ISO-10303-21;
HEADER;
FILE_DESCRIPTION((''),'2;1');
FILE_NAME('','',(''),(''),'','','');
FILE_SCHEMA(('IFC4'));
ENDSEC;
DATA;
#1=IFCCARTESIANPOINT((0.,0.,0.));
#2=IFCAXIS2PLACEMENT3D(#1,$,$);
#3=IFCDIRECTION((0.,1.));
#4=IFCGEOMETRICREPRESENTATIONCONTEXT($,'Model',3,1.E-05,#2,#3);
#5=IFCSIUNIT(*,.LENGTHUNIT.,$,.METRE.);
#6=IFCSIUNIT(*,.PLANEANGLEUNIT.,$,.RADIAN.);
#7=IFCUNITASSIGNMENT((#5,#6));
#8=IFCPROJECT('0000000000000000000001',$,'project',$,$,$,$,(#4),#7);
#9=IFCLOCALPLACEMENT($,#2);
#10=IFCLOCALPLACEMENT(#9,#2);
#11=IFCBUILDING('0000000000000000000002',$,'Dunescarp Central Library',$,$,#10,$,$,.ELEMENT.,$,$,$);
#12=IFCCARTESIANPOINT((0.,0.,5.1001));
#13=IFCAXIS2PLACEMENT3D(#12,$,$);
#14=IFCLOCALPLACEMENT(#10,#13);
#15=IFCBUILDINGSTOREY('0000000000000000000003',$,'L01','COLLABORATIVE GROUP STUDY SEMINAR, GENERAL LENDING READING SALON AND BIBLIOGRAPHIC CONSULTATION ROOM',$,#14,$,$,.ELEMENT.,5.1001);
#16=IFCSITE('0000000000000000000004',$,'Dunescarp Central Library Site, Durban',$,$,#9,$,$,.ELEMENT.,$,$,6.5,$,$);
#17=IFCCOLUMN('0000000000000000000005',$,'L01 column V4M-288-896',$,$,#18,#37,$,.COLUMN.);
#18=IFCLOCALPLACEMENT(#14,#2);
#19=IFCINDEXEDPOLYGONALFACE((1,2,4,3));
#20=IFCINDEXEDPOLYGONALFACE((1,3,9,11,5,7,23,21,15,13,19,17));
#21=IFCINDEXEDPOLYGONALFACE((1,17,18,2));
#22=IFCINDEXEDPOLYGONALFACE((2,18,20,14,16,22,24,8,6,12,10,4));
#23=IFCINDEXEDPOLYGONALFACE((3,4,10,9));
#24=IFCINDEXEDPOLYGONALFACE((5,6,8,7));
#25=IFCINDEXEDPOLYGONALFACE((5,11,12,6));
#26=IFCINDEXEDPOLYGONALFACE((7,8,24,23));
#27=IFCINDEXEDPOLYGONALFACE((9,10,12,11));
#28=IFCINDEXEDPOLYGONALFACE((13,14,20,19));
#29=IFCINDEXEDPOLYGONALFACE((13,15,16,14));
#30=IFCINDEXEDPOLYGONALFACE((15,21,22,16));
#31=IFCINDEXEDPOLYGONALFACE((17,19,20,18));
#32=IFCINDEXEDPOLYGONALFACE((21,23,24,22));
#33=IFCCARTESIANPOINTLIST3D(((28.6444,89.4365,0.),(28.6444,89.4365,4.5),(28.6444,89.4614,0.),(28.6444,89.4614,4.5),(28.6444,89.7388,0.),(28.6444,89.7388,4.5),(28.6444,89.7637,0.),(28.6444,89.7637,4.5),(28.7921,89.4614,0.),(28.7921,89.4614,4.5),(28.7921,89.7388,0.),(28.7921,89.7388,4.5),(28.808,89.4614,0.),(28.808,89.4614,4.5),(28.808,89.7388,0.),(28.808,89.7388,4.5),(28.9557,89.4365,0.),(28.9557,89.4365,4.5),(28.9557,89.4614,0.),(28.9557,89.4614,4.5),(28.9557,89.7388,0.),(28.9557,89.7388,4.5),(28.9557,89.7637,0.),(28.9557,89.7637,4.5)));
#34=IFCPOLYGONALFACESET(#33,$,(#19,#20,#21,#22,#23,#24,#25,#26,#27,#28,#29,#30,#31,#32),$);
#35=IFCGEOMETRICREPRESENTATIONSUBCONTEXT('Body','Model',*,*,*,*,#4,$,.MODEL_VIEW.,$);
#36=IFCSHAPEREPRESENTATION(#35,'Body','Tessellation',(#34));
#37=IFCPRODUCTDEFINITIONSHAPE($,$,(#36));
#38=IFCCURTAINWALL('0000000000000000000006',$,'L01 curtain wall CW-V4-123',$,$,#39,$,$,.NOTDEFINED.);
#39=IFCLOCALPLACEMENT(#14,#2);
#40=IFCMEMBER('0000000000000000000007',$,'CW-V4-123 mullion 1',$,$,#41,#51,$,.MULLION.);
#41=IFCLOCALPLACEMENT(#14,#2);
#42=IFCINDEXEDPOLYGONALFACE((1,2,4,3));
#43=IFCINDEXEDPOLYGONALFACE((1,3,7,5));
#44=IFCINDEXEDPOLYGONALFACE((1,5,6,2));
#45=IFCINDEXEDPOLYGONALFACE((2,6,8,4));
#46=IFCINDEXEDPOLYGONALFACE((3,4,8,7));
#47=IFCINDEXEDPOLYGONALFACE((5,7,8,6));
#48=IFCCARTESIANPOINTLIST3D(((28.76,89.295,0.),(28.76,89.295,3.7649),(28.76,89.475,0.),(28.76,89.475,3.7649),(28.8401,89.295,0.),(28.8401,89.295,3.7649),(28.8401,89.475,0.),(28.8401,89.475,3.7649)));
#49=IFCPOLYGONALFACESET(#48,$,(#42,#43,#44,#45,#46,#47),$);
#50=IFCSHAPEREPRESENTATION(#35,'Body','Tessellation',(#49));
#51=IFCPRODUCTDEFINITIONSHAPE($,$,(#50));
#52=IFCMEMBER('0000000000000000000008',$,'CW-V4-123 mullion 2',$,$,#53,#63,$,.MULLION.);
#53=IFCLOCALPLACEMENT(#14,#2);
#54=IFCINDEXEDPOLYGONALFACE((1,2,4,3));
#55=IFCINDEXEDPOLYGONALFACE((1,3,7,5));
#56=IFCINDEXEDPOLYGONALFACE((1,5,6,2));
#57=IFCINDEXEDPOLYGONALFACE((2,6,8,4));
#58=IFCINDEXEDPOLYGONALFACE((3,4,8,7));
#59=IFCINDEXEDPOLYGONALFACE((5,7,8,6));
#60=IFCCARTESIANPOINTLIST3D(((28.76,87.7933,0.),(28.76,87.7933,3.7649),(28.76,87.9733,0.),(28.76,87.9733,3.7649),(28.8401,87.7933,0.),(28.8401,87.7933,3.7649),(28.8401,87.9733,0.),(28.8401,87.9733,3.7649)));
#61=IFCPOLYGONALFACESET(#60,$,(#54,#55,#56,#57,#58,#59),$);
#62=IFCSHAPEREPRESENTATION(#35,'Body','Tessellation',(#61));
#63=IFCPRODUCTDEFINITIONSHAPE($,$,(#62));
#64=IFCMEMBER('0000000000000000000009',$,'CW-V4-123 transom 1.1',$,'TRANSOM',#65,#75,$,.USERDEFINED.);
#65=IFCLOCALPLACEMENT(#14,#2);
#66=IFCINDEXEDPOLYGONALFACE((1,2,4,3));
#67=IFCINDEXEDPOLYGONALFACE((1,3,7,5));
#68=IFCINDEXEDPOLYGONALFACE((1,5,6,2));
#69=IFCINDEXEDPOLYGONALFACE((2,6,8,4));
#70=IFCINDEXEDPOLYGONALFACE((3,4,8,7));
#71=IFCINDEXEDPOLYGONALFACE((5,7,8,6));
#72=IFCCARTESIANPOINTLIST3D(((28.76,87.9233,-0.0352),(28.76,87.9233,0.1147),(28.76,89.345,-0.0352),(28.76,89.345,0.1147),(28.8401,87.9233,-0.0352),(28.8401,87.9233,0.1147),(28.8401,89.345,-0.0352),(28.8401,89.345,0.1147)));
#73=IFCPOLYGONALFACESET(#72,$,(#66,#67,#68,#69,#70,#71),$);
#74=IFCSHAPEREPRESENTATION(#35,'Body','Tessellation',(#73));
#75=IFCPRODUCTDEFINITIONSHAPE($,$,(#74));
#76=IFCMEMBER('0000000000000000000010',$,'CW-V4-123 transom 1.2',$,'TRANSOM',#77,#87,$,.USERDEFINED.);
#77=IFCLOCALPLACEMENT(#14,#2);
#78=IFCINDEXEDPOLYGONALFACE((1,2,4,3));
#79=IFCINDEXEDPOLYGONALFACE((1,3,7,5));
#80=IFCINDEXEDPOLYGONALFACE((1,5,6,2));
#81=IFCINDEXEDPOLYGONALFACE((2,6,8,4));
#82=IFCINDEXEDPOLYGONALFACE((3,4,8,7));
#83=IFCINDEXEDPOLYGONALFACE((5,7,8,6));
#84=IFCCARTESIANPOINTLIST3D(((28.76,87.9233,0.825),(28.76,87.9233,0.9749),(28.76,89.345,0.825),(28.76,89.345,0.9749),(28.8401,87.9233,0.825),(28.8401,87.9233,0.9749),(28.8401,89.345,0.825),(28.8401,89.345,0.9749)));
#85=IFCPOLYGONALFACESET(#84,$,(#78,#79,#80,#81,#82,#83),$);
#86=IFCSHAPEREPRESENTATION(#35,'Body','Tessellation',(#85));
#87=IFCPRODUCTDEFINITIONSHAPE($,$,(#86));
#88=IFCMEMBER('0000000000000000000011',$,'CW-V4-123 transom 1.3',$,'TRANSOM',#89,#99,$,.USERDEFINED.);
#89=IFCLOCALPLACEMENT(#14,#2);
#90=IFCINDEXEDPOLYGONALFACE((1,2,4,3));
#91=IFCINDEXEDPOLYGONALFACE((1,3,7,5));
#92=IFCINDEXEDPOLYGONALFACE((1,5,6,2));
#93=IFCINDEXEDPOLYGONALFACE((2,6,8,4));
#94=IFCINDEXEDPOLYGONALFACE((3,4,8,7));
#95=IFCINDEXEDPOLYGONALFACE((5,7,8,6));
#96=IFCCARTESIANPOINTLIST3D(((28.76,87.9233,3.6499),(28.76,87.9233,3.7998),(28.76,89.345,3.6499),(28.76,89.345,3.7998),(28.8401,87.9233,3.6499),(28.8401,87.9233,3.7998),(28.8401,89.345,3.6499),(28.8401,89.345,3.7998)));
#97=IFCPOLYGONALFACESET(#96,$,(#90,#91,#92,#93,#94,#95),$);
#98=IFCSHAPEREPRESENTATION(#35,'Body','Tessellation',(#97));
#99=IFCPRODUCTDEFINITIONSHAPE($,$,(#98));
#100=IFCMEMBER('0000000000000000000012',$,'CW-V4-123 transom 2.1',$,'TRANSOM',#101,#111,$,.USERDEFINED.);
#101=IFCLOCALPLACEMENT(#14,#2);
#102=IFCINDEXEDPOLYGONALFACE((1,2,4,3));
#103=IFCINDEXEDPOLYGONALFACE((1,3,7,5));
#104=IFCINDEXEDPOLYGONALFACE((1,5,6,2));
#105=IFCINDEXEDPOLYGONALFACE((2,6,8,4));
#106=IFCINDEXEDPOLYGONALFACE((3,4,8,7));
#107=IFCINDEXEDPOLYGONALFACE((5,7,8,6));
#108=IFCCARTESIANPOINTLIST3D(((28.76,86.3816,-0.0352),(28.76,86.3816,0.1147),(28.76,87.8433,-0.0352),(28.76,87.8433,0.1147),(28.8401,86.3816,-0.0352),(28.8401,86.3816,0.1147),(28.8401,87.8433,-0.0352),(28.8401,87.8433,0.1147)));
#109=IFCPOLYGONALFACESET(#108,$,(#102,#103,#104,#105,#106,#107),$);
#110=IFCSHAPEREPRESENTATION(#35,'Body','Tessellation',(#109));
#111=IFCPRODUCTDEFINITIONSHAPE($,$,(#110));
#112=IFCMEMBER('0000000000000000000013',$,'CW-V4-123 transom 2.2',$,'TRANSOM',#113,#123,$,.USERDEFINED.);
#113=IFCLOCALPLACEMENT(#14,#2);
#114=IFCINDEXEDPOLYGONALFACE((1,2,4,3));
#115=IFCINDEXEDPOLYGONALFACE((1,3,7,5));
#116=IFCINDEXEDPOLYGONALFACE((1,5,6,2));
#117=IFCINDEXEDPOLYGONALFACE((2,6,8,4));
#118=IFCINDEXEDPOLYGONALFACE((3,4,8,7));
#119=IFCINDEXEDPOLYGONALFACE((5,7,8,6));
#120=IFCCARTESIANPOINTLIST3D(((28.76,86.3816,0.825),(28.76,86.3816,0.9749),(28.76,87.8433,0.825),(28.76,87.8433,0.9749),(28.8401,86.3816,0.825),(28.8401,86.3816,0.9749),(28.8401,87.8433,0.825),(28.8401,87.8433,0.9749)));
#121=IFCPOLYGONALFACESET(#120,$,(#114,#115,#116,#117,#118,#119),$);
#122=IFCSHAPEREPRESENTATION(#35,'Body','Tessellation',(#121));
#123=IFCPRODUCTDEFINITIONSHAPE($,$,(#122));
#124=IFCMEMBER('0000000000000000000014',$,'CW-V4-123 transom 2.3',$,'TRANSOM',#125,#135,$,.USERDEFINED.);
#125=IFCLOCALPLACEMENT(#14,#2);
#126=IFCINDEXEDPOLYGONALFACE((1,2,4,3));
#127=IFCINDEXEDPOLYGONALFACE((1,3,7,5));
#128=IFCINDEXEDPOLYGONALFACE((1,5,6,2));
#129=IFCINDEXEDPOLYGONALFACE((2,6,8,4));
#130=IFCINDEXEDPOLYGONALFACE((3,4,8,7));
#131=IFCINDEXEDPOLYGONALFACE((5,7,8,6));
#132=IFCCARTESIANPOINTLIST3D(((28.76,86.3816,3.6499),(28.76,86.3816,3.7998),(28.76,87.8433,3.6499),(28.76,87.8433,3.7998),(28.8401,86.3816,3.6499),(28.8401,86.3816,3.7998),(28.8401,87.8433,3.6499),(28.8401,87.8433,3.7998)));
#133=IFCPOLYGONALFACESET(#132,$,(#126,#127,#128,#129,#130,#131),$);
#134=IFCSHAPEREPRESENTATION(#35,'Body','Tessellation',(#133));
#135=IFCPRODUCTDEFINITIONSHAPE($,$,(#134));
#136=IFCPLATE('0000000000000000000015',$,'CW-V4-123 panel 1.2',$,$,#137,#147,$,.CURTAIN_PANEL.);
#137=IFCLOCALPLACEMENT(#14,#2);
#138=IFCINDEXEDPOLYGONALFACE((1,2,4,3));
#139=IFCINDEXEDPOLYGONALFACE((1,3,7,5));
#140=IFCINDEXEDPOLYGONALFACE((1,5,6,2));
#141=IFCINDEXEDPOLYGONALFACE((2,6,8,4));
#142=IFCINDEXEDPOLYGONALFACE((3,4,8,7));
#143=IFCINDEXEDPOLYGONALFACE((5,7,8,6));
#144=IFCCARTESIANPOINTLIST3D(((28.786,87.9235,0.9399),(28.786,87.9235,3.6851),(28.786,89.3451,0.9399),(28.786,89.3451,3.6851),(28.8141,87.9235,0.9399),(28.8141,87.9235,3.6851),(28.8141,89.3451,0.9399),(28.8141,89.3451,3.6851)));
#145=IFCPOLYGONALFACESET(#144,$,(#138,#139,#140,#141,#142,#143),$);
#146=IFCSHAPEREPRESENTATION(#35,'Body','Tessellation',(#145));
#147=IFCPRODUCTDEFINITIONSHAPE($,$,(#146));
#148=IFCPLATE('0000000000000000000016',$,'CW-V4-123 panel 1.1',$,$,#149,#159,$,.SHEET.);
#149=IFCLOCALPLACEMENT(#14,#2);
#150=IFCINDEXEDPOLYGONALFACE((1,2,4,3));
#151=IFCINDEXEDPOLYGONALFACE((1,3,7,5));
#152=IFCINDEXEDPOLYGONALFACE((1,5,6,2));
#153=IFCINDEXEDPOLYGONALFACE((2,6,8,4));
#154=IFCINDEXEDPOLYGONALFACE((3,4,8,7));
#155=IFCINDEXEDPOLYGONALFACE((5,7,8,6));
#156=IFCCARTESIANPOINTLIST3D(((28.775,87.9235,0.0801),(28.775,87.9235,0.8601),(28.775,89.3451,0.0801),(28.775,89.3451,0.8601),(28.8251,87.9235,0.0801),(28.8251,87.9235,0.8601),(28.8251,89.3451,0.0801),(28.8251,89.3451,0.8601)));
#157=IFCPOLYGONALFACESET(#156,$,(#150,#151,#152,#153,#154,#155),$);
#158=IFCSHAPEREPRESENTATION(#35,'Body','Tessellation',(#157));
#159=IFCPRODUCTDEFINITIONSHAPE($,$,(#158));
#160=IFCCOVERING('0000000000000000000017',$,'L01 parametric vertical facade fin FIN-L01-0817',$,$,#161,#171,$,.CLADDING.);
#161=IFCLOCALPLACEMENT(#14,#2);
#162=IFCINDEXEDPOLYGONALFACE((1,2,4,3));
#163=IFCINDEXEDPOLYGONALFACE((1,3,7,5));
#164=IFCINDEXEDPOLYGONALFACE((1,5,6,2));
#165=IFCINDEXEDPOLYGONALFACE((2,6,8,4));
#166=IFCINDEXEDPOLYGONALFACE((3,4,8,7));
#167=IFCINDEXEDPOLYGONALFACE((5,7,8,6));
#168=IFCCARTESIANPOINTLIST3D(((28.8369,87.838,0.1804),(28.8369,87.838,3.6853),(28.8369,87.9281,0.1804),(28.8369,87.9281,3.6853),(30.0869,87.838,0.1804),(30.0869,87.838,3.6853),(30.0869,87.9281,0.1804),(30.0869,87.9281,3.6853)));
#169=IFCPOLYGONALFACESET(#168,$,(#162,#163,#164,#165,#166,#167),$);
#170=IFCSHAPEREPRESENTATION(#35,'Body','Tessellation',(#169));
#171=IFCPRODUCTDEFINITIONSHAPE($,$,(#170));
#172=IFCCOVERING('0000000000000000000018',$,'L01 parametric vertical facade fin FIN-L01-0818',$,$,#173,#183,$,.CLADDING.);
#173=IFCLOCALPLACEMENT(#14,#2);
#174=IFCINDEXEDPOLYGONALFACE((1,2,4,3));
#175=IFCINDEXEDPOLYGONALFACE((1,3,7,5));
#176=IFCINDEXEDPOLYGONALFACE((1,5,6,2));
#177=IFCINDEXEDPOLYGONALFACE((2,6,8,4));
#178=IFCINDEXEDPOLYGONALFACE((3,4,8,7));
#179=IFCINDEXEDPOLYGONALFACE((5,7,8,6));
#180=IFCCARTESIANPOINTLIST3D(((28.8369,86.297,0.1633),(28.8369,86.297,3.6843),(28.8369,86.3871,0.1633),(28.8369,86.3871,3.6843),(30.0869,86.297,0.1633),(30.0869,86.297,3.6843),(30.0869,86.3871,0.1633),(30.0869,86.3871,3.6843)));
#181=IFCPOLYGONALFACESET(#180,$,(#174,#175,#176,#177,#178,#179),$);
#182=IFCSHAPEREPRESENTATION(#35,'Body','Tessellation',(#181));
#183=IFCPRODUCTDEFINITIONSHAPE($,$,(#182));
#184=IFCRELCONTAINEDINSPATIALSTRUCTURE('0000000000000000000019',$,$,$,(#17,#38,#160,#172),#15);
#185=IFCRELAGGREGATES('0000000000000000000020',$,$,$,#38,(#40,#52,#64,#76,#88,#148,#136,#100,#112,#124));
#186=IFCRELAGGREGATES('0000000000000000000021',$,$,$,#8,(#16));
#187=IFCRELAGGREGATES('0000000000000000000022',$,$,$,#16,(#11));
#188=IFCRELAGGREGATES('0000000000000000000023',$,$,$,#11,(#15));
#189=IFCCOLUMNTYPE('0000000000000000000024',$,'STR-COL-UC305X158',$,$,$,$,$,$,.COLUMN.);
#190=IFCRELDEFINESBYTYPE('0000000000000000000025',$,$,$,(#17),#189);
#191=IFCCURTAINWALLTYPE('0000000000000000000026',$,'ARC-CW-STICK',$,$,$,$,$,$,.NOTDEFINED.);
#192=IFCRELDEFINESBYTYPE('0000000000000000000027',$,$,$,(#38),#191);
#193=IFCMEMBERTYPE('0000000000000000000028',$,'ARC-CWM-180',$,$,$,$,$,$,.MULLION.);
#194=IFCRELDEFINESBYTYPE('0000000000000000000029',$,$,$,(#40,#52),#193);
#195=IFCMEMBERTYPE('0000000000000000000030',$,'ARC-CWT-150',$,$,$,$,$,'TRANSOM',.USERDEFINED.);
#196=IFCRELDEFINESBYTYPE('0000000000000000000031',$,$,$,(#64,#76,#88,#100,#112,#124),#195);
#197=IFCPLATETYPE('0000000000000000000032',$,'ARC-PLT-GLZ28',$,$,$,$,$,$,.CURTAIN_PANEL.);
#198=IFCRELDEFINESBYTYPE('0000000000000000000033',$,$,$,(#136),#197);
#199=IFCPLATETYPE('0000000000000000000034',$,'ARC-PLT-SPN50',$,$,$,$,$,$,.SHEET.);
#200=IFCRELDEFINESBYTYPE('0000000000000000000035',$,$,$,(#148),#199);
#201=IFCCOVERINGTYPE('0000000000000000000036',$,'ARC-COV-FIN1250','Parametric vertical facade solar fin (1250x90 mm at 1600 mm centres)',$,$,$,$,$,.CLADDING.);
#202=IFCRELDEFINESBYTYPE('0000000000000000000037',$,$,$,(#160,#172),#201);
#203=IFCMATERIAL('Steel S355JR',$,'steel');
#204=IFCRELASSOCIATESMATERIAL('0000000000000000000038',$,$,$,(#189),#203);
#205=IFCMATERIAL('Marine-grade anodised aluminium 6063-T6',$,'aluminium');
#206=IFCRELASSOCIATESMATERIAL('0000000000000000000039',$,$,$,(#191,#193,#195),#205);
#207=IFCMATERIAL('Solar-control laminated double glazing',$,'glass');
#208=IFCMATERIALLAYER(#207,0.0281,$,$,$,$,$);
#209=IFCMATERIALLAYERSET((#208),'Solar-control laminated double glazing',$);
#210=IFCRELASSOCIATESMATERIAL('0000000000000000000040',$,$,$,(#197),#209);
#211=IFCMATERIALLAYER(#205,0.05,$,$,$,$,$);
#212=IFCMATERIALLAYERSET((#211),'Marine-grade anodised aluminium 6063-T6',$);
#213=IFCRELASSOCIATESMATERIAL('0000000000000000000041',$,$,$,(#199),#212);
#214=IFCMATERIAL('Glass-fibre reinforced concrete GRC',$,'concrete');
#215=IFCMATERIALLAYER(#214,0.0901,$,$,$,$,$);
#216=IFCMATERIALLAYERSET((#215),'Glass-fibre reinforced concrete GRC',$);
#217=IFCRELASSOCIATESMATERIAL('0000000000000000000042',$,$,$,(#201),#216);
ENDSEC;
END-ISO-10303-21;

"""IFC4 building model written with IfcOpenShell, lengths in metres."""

from ifc_helpers import new_model, si_unit, direction, frame, origin, origin_2d, place, context, subcontext, project, spatial, rectangle, i_section, extrude, material, layer, layer_set, material_profile, profile_set, type_object, element, aggregate, save


model = new_model("IFC4")

# Units and contexts
model_context = context("Model", 3, precision=1e-05, world=origin(), true_north=direction((0.0, 1.0)))
body_context = subcontext(model_context, "Body", "Model", "MODEL_VIEW")
ifc_project = project(units=[si_unit("LENGTHUNIT", "METRE"), si_unit("PLANEANGLEUNIT", "RADIAN")], contexts=[model_context])

# Site, building, storey
site_placement = place(None, origin())
site = spatial("IfcSite", under=ifc_project, at=site_placement, Name="Dunescarp Central Library Site, Durban", CompositionType="ELEMENT", RefElevation=6.5)
building_placement = place(site_placement, origin())
building = spatial("IfcBuilding", under=site, at=building_placement, Name="Dunescarp Central Library", CompositionType="ELEMENT")
storey_placement = place(building_placement, frame((0.0, 0.0, 5.1001)))
storey = spatial("IfcBuildingStorey", under=building, at=storey_placement, Name="L01", Description="COLLABORATIVE GROUP STUDY SEMINAR, GENERAL LENDING READING SALON AND BIBLIOGRAPHIC CONSULTATION ROOM", CompositionType="ELEMENT", Elevation=5.1001)

# Column
ifc_material_1 = material(Name="Steel S355JR", Category="steel")
ifc_material_profile_1 = material_profile(ifc_material_1, i_section(OverallWidth=0.3113, OverallDepth=0.3271, WebThickness=0.0159, FlangeThickness=0.0249, at=origin_2d()), Name="UC 305x305x158")
ifc_profile_set_1 = profile_set([ifc_material_profile_1], Name="Steel S355JR")
column_type = type_object("IfcColumnType", Name="STR-COL-UC305X158", PredefinedType="COLUMN", material=ifc_profile_set_1)
column_placement = place(storey_placement, frame((28.8, 89.6001, 0.0), z_axis=(0.0, 0.0, 1.0), x_axis=(1.0, 0.0, 0.0)))
element("IfcColumn", 1, at=column_placement, inside=storey, type_object=column_type, Name="L01 column V4M-288-896", PredefinedType="COLUMN", context=body_context, shape_type="SweptSolid", body=[
    extrude(i_section(OverallWidth=0.3113, OverallDepth=0.3271, WebThickness=0.0159, FlangeThickness=0.0249, at=origin_2d()), origin(), (0.0, 0.0, 1.0), 4.5),
])

# Curtain wall, members, plates
ifc_material_2 = material(Name="Marine-grade anodised aluminium 6063-T6", Category="aluminium")
curtain_wall_type = type_object("IfcCurtainWallType", Name="ARC-CW-STICK", PredefinedType="NOTDEFINED", material=ifc_material_2)
curtain_wall_placement = place(storey_placement, origin())
curtain_wall = element("IfcCurtainWall", 2, at=curtain_wall_placement, inside=storey, type_object=curtain_wall_type, Name="L01 curtain wall CW-V4-123", PredefinedType="NOTDEFINED")
ifc_material_profile_2 = material_profile(ifc_material_2, rectangle(XDim=0.0801, YDim=0.1799, at=origin_2d()), Name="AL 80x180")
ifc_profile_set_2 = profile_set([ifc_material_profile_2], Name="Marine-grade anodised aluminium 6063-T6")
member_type_1 = type_object("IfcMemberType", Name="ARC-CWM-180", PredefinedType="MULLION", material=ifc_profile_set_2)
member_1_placement = place(storey_placement, frame((28.8, 89.385, 0.0), z_axis=(0.0, 0.0, 1.0), x_axis=(1.0, 0.0, 0.0)))
member_1 = element("IfcMember", 3, at=member_1_placement, type_object=member_type_1, Name="CW-V4-123 mullion 1", PredefinedType="MULLION", context=body_context, shape_type="SweptSolid", body=[
    extrude(rectangle(XDim=0.0801, YDim=0.1799, at=origin_2d()), origin(), (0.0, 0.0, 1.0), 3.7649),
])
member_2_placement = place(storey_placement, frame((28.8, 87.8833, 0.0), z_axis=(0.0, 0.0, 1.0), x_axis=(1.0, 0.0, 0.0)))
member_2 = element("IfcMember", 4, at=member_2_placement, type_object=member_type_1, Name="CW-V4-123 mullion 2", PredefinedType="MULLION", context=body_context, shape_type="SweptSolid", body=[
    extrude(rectangle(XDim=0.0801, YDim=0.1799, at=origin_2d()), origin(), (0.0, 0.0, 1.0), 3.7649),
])
ifc_material_profile_3 = material_profile(ifc_material_2, rectangle(XDim=0.0801, YDim=0.1499, at=origin_2d()), Name="AL 80x150")
ifc_profile_set_3 = profile_set([ifc_material_profile_3], Name="Marine-grade anodised aluminium 6063-T6")
member_type_2 = type_object("IfcMemberType", Name="ARC-CWT-150", ElementType="TRANSOM", PredefinedType="USERDEFINED", material=ifc_profile_set_3)
member_3_placement = place(storey_placement, frame((28.8, 89.345, 0.0398), z_axis=(0.0, -1.0, 0.0), x_axis=(1.0, 0.0, 0.0)))
member_3 = element("IfcMember", 5, at=member_3_placement, type_object=member_type_2, Name="CW-V4-123 transom 1.1", ObjectType="TRANSOM", PredefinedType="USERDEFINED", context=body_context, shape_type="SweptSolid", body=[
    extrude(rectangle(XDim=0.0801, YDim=0.1499, at=origin_2d()), origin(), (0.0, 0.0, 1.0), 1.4216),
])
member_4_placement = place(storey_placement, frame((28.8, 89.345, 0.8999), z_axis=(0.0, -1.0, 0.0), x_axis=(1.0, 0.0, 0.0)))
member_4 = element("IfcMember", 6, at=member_4_placement, type_object=member_type_2, Name="CW-V4-123 transom 1.2", ObjectType="TRANSOM", PredefinedType="USERDEFINED", context=body_context, shape_type="SweptSolid", body=[
    extrude(rectangle(XDim=0.0801, YDim=0.1499, at=origin_2d()), origin(), (0.0, 0.0, 1.0), 1.4216),
])
member_5_placement = place(storey_placement, frame((28.8, 89.345, 3.7249), z_axis=(0.0, -1.0, 0.0), x_axis=(1.0, 0.0, 0.0)))
member_5 = element("IfcMember", 7, at=member_5_placement, type_object=member_type_2, Name="CW-V4-123 transom 1.3", ObjectType="TRANSOM", PredefinedType="USERDEFINED", context=body_context, shape_type="SweptSolid", body=[
    extrude(rectangle(XDim=0.0801, YDim=0.1499, at=origin_2d()), origin(), (0.0, 0.0, 1.0), 1.4216),
])
member_6_placement = place(storey_placement, frame((28.8, 87.8433, 0.0398), z_axis=(0.0, -1.0, 0.0), x_axis=(1.0, 0.0, 0.0)))
member_6 = element("IfcMember", 8, at=member_6_placement, type_object=member_type_2, Name="CW-V4-123 transom 2.1", ObjectType="TRANSOM", PredefinedType="USERDEFINED", context=body_context, shape_type="SweptSolid", body=[
    extrude(rectangle(XDim=0.0801, YDim=0.1499, at=origin_2d()), origin(), (0.0, 0.0, 1.0), 1.4617),
])
member_7_placement = place(storey_placement, frame((28.8, 87.8433, 0.8999), z_axis=(0.0, -1.0, 0.0), x_axis=(1.0, 0.0, 0.0)))
member_7 = element("IfcMember", 9, at=member_7_placement, type_object=member_type_2, Name="CW-V4-123 transom 2.2", ObjectType="TRANSOM", PredefinedType="USERDEFINED", context=body_context, shape_type="SweptSolid", body=[
    extrude(rectangle(XDim=0.0801, YDim=0.1499, at=origin_2d()), origin(), (0.0, 0.0, 1.0), 1.4617),
])
member_8_placement = place(storey_placement, frame((28.8, 87.8433, 3.7249), z_axis=(0.0, -1.0, 0.0), x_axis=(1.0, 0.0, 0.0)))
member_8 = element("IfcMember", 10, at=member_8_placement, type_object=member_type_2, Name="CW-V4-123 transom 2.3", ObjectType="TRANSOM", PredefinedType="USERDEFINED", context=body_context, shape_type="SweptSolid", body=[
    extrude(rectangle(XDim=0.0801, YDim=0.1499, at=origin_2d()), origin(), (0.0, 0.0, 1.0), 1.4617),
])
ifc_material_3 = material(Name="Solar-control laminated double glazing", Category="glass")
ifc_layer_1 = layer(ifc_material_3, 0.0281)
ifc_layer_set_1 = layer_set([ifc_layer_1], Name="Solar-control laminated double glazing")
plate_type_1 = type_object("IfcPlateType", Name="ARC-PLT-GLZ28", PredefinedType="CURTAIN_PANEL", material=ifc_layer_set_1)
plate_1_placement = place(storey_placement, frame((28.8, 88.6343, 0.9399), z_axis=(0.0, 0.0, 1.0), x_axis=(0.0, -1.0, 0.0)))
plate_1 = element("IfcPlate", 11, at=plate_1_placement, type_object=plate_type_1, Name="CW-V4-123 panel 1.2", PredefinedType="CURTAIN_PANEL", context=body_context, shape_type="SweptSolid", body=[
    extrude(rectangle(XDim=1.4216, YDim=0.0281, at=origin_2d()), origin(), (0.0, 0.0, 1.0), 2.7451),
])
ifc_layer_2 = layer(ifc_material_2, 0.05)
ifc_layer_set_2 = layer_set([ifc_layer_2], Name="Marine-grade anodised aluminium 6063-T6")
plate_type_2 = type_object("IfcPlateType", Name="ARC-PLT-SPN50", PredefinedType="SHEET", material=ifc_layer_set_2)
plate_2_placement = place(storey_placement, frame((28.8, 88.6343, 0.0801), z_axis=(0.0, 0.0, 1.0), x_axis=(0.0, -1.0, 0.0)))
plate_2 = element("IfcPlate", 12, at=plate_2_placement, type_object=plate_type_2, Name="CW-V4-123 panel 1.1", PredefinedType="SHEET", context=body_context, shape_type="SweptSolid", body=[
    extrude(rectangle(XDim=1.4216, YDim=0.05, at=origin_2d()), origin(), (0.0, 0.0, 1.0), 0.78),
])
aggregate(curtain_wall, [member_1, member_2, member_3, member_4, member_5, plate_2, plate_1, member_6, member_7, member_8])

# Coverings
ifc_material_4 = material(Name="Glass-fibre reinforced concrete GRC", Category="concrete")
ifc_layer_3 = layer(ifc_material_4, 0.0901)
ifc_layer_set_3 = layer_set([ifc_layer_3], Name="Glass-fibre reinforced concrete GRC")
covering_type_1 = type_object("IfcCoveringType", Name="ARC-COV-FIN1250", Description="Parametric vertical facade solar fin (1250x90 mm at 1600 mm centres)", PredefinedType="CLADDING", material=ifc_layer_set_3)
covering_1_placement = place(storey_placement, frame((29.4619, 87.8831, 0.1804), z_axis=(0.0, 0.0, 1.0), x_axis=(1.0, 0.0, 0.0)))
element("IfcCovering", 13, at=covering_1_placement, inside=storey, type_object=covering_type_1, Name="L01 parametric vertical facade fin FIN-L01-0817", PredefinedType="CLADDING", context=body_context, shape_type="SweptSolid", body=[
    extrude(rectangle(XDim=1.25, YDim=0.0901, at=origin_2d()), origin(), (0.0, 0.0, 1.0), 3.5049),
])
covering_2_placement = place(storey_placement, frame((29.4619, 86.342, 0.1633), z_axis=(0.0, 0.0, 1.0), x_axis=(1.0, 0.0, 0.0)))
element("IfcCovering", 14, at=covering_2_placement, inside=storey, type_object=covering_type_1, Name="L01 parametric vertical facade fin FIN-L01-0818", PredefinedType="CLADDING", context=body_context, shape_type="SweptSolid", body=[
    extrude(rectangle(XDim=1.25, YDim=0.0901, at=origin_2d()), origin(), (0.0, 0.0, 1.0), 3.521),
])

save(model, "model.ifc")
